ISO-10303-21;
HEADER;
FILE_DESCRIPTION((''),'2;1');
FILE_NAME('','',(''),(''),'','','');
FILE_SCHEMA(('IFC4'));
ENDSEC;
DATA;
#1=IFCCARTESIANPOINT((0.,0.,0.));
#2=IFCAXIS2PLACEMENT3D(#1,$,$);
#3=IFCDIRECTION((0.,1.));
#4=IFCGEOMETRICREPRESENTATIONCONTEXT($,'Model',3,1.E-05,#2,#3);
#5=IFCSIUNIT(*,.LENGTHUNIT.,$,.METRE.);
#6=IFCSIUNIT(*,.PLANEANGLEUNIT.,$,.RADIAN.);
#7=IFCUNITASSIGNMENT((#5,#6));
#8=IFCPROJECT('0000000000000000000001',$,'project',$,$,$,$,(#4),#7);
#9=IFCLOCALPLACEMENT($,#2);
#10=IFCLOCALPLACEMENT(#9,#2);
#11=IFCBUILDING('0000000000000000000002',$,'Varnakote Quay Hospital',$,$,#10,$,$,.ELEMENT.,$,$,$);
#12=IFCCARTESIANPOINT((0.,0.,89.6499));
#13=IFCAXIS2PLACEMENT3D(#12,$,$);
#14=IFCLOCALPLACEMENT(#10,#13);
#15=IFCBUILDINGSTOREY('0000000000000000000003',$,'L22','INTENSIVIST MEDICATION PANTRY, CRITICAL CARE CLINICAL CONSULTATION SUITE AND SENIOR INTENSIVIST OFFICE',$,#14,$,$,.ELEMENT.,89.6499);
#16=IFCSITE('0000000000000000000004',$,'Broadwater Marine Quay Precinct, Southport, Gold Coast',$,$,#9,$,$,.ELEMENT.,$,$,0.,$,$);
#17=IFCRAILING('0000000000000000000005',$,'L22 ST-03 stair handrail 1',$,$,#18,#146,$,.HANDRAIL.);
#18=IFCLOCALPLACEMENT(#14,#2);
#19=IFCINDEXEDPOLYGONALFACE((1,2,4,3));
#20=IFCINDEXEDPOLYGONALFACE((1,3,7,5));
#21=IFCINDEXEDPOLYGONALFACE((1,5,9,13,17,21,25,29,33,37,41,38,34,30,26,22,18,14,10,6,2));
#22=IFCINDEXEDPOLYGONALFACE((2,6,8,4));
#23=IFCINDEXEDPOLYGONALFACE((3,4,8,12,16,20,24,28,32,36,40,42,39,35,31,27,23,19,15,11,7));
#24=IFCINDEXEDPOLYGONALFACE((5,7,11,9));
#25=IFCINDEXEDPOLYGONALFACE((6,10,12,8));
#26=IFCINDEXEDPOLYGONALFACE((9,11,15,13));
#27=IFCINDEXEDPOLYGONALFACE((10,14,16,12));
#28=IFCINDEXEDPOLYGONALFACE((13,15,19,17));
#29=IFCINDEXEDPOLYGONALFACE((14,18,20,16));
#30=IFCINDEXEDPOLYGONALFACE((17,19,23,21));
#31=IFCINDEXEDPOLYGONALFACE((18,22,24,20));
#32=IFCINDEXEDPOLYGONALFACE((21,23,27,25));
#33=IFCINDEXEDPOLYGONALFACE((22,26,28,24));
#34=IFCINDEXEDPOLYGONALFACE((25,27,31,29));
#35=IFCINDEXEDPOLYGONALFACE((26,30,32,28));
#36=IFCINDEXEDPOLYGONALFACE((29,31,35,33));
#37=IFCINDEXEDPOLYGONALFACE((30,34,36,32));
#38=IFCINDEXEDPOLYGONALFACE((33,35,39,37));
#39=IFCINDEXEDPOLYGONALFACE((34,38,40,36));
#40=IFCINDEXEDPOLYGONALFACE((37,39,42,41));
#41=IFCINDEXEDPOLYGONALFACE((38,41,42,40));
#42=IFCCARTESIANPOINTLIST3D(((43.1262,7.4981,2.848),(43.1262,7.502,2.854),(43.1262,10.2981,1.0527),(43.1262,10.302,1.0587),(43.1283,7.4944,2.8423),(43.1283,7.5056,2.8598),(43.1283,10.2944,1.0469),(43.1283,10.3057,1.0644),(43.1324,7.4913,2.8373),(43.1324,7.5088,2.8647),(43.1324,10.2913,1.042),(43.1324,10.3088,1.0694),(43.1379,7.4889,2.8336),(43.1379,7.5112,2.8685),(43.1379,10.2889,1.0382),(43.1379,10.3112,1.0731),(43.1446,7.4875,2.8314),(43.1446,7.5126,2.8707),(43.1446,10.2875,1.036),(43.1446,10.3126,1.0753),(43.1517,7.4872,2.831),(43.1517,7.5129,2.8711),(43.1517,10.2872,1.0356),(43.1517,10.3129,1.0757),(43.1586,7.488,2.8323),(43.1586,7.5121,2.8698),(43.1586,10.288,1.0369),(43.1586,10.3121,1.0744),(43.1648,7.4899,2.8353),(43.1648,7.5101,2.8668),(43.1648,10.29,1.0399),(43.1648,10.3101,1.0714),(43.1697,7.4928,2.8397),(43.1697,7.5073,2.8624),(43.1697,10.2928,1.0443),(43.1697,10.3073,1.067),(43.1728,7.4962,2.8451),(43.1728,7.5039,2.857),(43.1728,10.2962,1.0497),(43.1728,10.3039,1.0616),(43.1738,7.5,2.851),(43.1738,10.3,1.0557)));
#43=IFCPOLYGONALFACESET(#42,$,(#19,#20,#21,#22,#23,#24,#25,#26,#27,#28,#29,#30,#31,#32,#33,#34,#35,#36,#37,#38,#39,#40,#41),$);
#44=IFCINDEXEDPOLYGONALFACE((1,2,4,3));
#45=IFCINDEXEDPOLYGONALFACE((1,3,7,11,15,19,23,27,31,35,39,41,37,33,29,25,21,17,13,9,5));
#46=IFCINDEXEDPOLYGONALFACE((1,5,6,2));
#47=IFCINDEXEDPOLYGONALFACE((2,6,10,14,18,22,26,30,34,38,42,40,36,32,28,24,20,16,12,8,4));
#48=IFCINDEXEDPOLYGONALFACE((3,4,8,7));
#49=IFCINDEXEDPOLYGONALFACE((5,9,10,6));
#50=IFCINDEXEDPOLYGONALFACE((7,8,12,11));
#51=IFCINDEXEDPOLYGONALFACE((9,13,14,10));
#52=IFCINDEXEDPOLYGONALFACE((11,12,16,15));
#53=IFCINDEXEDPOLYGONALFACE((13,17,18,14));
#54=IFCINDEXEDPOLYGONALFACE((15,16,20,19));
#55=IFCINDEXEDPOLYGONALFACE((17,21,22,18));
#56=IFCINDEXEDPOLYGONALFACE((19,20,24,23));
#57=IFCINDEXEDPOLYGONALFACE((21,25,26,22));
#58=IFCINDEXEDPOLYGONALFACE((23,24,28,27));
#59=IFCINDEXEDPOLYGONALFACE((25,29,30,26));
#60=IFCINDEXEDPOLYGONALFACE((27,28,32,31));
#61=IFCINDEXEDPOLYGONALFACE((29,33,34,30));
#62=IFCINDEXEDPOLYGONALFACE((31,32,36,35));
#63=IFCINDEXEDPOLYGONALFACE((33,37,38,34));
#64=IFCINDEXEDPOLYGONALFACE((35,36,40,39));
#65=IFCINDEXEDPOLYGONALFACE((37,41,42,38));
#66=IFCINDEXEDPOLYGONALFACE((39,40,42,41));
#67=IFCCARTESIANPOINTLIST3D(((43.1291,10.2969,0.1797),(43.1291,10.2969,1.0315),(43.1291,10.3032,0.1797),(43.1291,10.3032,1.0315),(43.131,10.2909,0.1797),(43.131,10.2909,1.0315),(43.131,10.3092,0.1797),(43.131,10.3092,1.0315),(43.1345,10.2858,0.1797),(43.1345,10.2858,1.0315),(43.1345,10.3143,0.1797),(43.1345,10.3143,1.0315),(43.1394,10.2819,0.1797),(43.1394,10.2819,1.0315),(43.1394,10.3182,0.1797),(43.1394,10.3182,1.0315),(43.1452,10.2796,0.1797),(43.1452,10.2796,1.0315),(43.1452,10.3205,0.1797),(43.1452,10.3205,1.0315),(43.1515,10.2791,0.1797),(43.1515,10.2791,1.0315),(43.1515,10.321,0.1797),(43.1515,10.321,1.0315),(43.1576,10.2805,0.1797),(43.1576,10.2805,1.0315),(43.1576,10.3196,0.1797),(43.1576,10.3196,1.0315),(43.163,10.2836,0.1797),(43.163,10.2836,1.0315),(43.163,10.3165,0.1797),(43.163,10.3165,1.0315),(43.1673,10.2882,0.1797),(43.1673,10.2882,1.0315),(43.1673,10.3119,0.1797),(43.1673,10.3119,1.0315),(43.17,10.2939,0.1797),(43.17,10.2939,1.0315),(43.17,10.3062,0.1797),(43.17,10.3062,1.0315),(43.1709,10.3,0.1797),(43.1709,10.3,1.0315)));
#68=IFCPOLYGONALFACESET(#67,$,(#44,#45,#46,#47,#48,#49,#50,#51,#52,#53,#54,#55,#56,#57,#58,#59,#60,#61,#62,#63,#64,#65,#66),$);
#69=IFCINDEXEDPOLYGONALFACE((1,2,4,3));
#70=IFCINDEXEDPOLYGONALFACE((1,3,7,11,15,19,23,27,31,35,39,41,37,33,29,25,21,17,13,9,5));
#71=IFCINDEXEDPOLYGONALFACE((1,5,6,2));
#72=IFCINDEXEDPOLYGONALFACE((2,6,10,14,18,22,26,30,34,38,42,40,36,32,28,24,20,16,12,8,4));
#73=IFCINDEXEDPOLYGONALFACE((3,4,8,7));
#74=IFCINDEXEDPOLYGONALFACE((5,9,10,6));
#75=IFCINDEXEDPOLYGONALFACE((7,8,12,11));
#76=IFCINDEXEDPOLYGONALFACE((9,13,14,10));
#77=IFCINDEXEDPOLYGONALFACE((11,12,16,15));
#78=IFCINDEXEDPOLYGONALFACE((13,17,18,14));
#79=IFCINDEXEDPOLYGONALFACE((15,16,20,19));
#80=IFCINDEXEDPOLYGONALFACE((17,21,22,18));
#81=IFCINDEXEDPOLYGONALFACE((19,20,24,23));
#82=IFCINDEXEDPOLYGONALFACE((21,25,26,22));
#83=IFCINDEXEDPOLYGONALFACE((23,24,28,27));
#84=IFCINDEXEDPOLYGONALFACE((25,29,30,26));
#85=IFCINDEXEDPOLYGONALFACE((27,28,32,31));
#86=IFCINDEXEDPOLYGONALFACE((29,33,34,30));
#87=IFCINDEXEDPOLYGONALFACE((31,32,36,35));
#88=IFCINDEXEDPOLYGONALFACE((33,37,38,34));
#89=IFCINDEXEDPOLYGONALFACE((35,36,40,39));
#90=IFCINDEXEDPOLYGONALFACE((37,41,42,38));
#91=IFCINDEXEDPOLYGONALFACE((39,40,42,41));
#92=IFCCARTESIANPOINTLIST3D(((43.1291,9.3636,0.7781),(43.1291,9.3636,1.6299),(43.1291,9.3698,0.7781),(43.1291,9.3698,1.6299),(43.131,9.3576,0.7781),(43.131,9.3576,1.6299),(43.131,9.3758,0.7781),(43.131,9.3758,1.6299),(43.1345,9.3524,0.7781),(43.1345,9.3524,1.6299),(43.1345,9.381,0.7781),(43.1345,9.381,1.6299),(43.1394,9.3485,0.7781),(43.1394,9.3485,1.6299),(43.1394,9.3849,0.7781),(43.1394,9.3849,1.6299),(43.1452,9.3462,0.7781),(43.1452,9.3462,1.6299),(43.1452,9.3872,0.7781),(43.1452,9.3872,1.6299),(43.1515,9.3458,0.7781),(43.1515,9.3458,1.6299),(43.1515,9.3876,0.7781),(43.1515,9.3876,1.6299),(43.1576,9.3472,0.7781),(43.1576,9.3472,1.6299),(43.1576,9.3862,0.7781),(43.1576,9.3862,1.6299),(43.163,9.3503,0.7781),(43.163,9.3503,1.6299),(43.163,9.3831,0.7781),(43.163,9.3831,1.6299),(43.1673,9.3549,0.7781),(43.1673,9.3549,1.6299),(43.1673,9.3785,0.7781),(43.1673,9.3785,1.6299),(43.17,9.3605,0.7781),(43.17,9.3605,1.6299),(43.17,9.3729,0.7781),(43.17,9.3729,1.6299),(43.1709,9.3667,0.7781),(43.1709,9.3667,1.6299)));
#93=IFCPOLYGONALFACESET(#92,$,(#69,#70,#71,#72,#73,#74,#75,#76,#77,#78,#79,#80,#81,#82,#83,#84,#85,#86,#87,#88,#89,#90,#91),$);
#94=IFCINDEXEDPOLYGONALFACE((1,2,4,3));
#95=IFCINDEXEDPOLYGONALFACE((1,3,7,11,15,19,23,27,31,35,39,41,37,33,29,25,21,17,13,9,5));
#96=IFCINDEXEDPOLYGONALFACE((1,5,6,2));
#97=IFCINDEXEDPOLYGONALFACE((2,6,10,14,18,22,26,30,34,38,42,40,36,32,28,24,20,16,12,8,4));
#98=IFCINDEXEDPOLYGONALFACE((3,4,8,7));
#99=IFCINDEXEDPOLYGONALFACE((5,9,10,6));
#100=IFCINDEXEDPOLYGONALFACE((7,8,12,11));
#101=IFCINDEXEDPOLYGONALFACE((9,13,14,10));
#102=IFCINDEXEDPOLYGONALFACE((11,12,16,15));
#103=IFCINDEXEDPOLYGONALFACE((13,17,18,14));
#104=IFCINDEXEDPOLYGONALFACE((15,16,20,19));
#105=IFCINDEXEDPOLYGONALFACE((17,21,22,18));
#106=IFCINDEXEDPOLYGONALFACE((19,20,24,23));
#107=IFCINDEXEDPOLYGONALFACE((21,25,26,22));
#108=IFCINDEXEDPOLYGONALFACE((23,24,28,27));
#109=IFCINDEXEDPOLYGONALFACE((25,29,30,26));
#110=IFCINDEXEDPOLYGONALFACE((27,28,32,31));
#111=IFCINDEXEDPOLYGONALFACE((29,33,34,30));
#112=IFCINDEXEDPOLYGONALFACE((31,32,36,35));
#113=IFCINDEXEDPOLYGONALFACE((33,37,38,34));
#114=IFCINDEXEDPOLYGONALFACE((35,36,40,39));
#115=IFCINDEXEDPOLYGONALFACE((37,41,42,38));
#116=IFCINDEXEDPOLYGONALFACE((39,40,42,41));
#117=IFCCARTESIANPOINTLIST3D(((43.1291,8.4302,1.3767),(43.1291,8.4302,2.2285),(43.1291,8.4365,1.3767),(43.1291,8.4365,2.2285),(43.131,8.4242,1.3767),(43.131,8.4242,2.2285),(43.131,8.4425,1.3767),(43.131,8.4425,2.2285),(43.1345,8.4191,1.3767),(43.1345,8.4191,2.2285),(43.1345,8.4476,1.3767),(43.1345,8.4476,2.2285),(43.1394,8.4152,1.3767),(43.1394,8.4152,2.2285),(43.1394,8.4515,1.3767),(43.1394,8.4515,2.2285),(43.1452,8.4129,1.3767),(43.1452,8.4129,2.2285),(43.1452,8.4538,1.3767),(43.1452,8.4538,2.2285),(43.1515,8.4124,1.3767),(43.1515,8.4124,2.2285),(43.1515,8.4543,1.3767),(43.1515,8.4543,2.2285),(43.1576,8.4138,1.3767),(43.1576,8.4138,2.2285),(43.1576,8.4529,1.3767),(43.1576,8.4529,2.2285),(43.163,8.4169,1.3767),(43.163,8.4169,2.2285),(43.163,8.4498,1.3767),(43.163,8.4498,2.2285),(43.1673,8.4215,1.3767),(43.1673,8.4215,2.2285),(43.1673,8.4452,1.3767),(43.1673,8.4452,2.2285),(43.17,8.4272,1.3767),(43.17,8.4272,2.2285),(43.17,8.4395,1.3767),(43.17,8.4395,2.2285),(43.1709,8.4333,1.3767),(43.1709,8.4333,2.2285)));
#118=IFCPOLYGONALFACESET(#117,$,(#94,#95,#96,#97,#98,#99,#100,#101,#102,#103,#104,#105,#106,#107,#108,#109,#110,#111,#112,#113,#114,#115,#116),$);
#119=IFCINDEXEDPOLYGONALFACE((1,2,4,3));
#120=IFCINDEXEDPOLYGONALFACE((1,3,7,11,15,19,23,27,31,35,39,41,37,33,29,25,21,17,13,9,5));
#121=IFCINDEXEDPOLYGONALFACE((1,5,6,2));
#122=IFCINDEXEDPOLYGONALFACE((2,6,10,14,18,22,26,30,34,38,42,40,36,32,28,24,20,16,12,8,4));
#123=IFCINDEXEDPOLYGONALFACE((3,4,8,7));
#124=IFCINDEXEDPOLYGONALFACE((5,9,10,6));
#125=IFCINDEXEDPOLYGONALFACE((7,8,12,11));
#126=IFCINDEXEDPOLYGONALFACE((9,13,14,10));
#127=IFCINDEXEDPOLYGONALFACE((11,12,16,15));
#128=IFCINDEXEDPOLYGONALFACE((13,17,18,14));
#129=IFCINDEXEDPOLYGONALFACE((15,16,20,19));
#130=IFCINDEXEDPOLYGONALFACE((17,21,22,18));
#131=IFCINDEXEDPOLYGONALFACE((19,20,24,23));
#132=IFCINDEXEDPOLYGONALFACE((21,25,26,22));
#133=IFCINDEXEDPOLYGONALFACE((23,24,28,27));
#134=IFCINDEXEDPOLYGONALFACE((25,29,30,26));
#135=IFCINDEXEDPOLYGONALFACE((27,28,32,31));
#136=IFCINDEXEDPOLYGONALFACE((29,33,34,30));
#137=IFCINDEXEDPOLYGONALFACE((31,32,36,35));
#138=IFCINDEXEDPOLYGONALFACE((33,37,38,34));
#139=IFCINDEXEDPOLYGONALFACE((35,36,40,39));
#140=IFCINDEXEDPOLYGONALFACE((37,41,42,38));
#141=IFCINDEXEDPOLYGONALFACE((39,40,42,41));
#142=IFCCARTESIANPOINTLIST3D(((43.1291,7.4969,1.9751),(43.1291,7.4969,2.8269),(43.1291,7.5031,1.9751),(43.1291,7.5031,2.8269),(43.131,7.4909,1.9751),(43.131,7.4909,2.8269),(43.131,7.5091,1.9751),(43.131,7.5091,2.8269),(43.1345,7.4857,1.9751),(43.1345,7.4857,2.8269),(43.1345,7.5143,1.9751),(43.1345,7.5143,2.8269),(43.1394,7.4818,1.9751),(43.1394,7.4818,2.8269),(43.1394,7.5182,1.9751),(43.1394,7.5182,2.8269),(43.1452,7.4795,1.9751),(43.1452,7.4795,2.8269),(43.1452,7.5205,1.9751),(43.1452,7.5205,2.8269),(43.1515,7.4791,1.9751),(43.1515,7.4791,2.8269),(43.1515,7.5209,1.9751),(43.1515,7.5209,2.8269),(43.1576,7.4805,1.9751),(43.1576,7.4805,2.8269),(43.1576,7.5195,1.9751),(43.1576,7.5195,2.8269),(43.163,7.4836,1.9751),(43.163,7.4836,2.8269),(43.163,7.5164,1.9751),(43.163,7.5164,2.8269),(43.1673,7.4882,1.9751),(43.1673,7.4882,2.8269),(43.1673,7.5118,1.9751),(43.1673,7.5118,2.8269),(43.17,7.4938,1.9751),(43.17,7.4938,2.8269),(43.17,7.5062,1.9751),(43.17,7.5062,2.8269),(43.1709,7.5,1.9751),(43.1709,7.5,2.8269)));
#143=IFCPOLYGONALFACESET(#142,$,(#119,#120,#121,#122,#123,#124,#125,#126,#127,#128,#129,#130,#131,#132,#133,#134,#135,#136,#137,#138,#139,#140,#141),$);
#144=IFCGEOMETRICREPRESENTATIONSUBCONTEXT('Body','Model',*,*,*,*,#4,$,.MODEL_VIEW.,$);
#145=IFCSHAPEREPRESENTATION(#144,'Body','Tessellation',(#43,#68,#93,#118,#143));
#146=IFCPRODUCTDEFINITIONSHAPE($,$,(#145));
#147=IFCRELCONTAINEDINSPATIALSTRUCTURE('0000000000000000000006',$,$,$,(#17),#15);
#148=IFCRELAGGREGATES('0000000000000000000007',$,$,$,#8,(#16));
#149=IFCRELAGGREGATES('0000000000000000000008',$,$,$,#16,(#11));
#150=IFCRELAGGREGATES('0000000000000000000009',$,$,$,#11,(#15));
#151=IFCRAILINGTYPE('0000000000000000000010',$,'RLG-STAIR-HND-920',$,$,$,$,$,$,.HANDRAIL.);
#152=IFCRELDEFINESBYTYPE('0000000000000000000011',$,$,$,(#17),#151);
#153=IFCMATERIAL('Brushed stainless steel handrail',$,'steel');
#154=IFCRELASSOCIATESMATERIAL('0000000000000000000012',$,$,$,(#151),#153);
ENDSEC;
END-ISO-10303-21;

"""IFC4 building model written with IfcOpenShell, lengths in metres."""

from ifc_helpers import new_model, si_unit, direction, frame, origin, origin_2d, place, context, subcontext, project, spatial, circle, extrude, material, type_object, element, save


model = new_model("IFC4")

# Units and contexts
model_context = context("Model", 3, precision=1e-05, world=origin(), true_north=direction((0.0, 1.0)))
body_context = subcontext(model_context, "Body", "Model", "MODEL_VIEW")
ifc_project = project(units=[si_unit("LENGTHUNIT", "METRE"), si_unit("PLANEANGLEUNIT", "RADIAN")], contexts=[model_context])

# Site, building, storey
site_placement = place(None, origin())
site = spatial("IfcSite", under=ifc_project, at=site_placement, Name="Broadwater Marine Quay Precinct, Southport, Gold Coast", CompositionType="ELEMENT", RefElevation=0.0)
building_placement = place(site_placement, origin())
building = spatial("IfcBuilding", under=site, at=building_placement, Name="Varnakote Quay Hospital", CompositionType="ELEMENT")
storey_placement = place(building_placement, frame((0.0, 0.0, 89.6499)))
storey = spatial("IfcBuildingStorey", under=building, at=storey_placement, Name="L22", Description="INTENSIVIST MEDICATION PANTRY, CRITICAL CARE CLINICAL CONSULTATION SUITE AND SENIOR INTENSIVIST OFFICE", CompositionType="ELEMENT", Elevation=89.6499)

# Railing
ifc_material_1 = material(Name="Brushed stainless steel handrail", Category="steel")
railing_type_1 = type_object("IfcRailingType", Name="RLG-STAIR-HND-920", PredefinedType="HANDRAIL", material=ifc_material_1)
railing_1_placement = place(storey_placement, frame((43.1499, 10.3, 0.1797)))
element("IfcRailing", 1, at=railing_1_placement, inside=storey, type_object=railing_type_1, Name="L22 ST-03 stair handrail 1", PredefinedType="HANDRAIL", context=body_context, shape_type="SweptSolid", body=[
    extrude(circle(Radius=0.0239, at=origin_2d()), frame((0.0, 0.0, 0.876), z_axis=(0.0, -0.84181, 0.539774), x_axis=(1.0, 0.0, 0.0)), (0.0, 0.0, 1.0), 3.3262),
    extrude(circle(Radius=0.021, at=origin_2d()), origin(), (0.0, 0.0, 1.0), 0.8518),
    extrude(circle(Radius=0.021, at=origin_2d()), frame((0.0, -0.9333, 0.5984)), (0.0, 0.0, 1.0), 0.8518),
    extrude(circle(Radius=0.021, at=origin_2d()), frame((0.0, -1.8667, 1.197)), (0.0, 0.0, 1.0), 0.8518),
    extrude(circle(Radius=0.021, at=origin_2d()), frame((0.0, -2.8, 1.7954)), (0.0, 0.0, 1.0), 0.8518),
])

save(model, "model.ifc")
